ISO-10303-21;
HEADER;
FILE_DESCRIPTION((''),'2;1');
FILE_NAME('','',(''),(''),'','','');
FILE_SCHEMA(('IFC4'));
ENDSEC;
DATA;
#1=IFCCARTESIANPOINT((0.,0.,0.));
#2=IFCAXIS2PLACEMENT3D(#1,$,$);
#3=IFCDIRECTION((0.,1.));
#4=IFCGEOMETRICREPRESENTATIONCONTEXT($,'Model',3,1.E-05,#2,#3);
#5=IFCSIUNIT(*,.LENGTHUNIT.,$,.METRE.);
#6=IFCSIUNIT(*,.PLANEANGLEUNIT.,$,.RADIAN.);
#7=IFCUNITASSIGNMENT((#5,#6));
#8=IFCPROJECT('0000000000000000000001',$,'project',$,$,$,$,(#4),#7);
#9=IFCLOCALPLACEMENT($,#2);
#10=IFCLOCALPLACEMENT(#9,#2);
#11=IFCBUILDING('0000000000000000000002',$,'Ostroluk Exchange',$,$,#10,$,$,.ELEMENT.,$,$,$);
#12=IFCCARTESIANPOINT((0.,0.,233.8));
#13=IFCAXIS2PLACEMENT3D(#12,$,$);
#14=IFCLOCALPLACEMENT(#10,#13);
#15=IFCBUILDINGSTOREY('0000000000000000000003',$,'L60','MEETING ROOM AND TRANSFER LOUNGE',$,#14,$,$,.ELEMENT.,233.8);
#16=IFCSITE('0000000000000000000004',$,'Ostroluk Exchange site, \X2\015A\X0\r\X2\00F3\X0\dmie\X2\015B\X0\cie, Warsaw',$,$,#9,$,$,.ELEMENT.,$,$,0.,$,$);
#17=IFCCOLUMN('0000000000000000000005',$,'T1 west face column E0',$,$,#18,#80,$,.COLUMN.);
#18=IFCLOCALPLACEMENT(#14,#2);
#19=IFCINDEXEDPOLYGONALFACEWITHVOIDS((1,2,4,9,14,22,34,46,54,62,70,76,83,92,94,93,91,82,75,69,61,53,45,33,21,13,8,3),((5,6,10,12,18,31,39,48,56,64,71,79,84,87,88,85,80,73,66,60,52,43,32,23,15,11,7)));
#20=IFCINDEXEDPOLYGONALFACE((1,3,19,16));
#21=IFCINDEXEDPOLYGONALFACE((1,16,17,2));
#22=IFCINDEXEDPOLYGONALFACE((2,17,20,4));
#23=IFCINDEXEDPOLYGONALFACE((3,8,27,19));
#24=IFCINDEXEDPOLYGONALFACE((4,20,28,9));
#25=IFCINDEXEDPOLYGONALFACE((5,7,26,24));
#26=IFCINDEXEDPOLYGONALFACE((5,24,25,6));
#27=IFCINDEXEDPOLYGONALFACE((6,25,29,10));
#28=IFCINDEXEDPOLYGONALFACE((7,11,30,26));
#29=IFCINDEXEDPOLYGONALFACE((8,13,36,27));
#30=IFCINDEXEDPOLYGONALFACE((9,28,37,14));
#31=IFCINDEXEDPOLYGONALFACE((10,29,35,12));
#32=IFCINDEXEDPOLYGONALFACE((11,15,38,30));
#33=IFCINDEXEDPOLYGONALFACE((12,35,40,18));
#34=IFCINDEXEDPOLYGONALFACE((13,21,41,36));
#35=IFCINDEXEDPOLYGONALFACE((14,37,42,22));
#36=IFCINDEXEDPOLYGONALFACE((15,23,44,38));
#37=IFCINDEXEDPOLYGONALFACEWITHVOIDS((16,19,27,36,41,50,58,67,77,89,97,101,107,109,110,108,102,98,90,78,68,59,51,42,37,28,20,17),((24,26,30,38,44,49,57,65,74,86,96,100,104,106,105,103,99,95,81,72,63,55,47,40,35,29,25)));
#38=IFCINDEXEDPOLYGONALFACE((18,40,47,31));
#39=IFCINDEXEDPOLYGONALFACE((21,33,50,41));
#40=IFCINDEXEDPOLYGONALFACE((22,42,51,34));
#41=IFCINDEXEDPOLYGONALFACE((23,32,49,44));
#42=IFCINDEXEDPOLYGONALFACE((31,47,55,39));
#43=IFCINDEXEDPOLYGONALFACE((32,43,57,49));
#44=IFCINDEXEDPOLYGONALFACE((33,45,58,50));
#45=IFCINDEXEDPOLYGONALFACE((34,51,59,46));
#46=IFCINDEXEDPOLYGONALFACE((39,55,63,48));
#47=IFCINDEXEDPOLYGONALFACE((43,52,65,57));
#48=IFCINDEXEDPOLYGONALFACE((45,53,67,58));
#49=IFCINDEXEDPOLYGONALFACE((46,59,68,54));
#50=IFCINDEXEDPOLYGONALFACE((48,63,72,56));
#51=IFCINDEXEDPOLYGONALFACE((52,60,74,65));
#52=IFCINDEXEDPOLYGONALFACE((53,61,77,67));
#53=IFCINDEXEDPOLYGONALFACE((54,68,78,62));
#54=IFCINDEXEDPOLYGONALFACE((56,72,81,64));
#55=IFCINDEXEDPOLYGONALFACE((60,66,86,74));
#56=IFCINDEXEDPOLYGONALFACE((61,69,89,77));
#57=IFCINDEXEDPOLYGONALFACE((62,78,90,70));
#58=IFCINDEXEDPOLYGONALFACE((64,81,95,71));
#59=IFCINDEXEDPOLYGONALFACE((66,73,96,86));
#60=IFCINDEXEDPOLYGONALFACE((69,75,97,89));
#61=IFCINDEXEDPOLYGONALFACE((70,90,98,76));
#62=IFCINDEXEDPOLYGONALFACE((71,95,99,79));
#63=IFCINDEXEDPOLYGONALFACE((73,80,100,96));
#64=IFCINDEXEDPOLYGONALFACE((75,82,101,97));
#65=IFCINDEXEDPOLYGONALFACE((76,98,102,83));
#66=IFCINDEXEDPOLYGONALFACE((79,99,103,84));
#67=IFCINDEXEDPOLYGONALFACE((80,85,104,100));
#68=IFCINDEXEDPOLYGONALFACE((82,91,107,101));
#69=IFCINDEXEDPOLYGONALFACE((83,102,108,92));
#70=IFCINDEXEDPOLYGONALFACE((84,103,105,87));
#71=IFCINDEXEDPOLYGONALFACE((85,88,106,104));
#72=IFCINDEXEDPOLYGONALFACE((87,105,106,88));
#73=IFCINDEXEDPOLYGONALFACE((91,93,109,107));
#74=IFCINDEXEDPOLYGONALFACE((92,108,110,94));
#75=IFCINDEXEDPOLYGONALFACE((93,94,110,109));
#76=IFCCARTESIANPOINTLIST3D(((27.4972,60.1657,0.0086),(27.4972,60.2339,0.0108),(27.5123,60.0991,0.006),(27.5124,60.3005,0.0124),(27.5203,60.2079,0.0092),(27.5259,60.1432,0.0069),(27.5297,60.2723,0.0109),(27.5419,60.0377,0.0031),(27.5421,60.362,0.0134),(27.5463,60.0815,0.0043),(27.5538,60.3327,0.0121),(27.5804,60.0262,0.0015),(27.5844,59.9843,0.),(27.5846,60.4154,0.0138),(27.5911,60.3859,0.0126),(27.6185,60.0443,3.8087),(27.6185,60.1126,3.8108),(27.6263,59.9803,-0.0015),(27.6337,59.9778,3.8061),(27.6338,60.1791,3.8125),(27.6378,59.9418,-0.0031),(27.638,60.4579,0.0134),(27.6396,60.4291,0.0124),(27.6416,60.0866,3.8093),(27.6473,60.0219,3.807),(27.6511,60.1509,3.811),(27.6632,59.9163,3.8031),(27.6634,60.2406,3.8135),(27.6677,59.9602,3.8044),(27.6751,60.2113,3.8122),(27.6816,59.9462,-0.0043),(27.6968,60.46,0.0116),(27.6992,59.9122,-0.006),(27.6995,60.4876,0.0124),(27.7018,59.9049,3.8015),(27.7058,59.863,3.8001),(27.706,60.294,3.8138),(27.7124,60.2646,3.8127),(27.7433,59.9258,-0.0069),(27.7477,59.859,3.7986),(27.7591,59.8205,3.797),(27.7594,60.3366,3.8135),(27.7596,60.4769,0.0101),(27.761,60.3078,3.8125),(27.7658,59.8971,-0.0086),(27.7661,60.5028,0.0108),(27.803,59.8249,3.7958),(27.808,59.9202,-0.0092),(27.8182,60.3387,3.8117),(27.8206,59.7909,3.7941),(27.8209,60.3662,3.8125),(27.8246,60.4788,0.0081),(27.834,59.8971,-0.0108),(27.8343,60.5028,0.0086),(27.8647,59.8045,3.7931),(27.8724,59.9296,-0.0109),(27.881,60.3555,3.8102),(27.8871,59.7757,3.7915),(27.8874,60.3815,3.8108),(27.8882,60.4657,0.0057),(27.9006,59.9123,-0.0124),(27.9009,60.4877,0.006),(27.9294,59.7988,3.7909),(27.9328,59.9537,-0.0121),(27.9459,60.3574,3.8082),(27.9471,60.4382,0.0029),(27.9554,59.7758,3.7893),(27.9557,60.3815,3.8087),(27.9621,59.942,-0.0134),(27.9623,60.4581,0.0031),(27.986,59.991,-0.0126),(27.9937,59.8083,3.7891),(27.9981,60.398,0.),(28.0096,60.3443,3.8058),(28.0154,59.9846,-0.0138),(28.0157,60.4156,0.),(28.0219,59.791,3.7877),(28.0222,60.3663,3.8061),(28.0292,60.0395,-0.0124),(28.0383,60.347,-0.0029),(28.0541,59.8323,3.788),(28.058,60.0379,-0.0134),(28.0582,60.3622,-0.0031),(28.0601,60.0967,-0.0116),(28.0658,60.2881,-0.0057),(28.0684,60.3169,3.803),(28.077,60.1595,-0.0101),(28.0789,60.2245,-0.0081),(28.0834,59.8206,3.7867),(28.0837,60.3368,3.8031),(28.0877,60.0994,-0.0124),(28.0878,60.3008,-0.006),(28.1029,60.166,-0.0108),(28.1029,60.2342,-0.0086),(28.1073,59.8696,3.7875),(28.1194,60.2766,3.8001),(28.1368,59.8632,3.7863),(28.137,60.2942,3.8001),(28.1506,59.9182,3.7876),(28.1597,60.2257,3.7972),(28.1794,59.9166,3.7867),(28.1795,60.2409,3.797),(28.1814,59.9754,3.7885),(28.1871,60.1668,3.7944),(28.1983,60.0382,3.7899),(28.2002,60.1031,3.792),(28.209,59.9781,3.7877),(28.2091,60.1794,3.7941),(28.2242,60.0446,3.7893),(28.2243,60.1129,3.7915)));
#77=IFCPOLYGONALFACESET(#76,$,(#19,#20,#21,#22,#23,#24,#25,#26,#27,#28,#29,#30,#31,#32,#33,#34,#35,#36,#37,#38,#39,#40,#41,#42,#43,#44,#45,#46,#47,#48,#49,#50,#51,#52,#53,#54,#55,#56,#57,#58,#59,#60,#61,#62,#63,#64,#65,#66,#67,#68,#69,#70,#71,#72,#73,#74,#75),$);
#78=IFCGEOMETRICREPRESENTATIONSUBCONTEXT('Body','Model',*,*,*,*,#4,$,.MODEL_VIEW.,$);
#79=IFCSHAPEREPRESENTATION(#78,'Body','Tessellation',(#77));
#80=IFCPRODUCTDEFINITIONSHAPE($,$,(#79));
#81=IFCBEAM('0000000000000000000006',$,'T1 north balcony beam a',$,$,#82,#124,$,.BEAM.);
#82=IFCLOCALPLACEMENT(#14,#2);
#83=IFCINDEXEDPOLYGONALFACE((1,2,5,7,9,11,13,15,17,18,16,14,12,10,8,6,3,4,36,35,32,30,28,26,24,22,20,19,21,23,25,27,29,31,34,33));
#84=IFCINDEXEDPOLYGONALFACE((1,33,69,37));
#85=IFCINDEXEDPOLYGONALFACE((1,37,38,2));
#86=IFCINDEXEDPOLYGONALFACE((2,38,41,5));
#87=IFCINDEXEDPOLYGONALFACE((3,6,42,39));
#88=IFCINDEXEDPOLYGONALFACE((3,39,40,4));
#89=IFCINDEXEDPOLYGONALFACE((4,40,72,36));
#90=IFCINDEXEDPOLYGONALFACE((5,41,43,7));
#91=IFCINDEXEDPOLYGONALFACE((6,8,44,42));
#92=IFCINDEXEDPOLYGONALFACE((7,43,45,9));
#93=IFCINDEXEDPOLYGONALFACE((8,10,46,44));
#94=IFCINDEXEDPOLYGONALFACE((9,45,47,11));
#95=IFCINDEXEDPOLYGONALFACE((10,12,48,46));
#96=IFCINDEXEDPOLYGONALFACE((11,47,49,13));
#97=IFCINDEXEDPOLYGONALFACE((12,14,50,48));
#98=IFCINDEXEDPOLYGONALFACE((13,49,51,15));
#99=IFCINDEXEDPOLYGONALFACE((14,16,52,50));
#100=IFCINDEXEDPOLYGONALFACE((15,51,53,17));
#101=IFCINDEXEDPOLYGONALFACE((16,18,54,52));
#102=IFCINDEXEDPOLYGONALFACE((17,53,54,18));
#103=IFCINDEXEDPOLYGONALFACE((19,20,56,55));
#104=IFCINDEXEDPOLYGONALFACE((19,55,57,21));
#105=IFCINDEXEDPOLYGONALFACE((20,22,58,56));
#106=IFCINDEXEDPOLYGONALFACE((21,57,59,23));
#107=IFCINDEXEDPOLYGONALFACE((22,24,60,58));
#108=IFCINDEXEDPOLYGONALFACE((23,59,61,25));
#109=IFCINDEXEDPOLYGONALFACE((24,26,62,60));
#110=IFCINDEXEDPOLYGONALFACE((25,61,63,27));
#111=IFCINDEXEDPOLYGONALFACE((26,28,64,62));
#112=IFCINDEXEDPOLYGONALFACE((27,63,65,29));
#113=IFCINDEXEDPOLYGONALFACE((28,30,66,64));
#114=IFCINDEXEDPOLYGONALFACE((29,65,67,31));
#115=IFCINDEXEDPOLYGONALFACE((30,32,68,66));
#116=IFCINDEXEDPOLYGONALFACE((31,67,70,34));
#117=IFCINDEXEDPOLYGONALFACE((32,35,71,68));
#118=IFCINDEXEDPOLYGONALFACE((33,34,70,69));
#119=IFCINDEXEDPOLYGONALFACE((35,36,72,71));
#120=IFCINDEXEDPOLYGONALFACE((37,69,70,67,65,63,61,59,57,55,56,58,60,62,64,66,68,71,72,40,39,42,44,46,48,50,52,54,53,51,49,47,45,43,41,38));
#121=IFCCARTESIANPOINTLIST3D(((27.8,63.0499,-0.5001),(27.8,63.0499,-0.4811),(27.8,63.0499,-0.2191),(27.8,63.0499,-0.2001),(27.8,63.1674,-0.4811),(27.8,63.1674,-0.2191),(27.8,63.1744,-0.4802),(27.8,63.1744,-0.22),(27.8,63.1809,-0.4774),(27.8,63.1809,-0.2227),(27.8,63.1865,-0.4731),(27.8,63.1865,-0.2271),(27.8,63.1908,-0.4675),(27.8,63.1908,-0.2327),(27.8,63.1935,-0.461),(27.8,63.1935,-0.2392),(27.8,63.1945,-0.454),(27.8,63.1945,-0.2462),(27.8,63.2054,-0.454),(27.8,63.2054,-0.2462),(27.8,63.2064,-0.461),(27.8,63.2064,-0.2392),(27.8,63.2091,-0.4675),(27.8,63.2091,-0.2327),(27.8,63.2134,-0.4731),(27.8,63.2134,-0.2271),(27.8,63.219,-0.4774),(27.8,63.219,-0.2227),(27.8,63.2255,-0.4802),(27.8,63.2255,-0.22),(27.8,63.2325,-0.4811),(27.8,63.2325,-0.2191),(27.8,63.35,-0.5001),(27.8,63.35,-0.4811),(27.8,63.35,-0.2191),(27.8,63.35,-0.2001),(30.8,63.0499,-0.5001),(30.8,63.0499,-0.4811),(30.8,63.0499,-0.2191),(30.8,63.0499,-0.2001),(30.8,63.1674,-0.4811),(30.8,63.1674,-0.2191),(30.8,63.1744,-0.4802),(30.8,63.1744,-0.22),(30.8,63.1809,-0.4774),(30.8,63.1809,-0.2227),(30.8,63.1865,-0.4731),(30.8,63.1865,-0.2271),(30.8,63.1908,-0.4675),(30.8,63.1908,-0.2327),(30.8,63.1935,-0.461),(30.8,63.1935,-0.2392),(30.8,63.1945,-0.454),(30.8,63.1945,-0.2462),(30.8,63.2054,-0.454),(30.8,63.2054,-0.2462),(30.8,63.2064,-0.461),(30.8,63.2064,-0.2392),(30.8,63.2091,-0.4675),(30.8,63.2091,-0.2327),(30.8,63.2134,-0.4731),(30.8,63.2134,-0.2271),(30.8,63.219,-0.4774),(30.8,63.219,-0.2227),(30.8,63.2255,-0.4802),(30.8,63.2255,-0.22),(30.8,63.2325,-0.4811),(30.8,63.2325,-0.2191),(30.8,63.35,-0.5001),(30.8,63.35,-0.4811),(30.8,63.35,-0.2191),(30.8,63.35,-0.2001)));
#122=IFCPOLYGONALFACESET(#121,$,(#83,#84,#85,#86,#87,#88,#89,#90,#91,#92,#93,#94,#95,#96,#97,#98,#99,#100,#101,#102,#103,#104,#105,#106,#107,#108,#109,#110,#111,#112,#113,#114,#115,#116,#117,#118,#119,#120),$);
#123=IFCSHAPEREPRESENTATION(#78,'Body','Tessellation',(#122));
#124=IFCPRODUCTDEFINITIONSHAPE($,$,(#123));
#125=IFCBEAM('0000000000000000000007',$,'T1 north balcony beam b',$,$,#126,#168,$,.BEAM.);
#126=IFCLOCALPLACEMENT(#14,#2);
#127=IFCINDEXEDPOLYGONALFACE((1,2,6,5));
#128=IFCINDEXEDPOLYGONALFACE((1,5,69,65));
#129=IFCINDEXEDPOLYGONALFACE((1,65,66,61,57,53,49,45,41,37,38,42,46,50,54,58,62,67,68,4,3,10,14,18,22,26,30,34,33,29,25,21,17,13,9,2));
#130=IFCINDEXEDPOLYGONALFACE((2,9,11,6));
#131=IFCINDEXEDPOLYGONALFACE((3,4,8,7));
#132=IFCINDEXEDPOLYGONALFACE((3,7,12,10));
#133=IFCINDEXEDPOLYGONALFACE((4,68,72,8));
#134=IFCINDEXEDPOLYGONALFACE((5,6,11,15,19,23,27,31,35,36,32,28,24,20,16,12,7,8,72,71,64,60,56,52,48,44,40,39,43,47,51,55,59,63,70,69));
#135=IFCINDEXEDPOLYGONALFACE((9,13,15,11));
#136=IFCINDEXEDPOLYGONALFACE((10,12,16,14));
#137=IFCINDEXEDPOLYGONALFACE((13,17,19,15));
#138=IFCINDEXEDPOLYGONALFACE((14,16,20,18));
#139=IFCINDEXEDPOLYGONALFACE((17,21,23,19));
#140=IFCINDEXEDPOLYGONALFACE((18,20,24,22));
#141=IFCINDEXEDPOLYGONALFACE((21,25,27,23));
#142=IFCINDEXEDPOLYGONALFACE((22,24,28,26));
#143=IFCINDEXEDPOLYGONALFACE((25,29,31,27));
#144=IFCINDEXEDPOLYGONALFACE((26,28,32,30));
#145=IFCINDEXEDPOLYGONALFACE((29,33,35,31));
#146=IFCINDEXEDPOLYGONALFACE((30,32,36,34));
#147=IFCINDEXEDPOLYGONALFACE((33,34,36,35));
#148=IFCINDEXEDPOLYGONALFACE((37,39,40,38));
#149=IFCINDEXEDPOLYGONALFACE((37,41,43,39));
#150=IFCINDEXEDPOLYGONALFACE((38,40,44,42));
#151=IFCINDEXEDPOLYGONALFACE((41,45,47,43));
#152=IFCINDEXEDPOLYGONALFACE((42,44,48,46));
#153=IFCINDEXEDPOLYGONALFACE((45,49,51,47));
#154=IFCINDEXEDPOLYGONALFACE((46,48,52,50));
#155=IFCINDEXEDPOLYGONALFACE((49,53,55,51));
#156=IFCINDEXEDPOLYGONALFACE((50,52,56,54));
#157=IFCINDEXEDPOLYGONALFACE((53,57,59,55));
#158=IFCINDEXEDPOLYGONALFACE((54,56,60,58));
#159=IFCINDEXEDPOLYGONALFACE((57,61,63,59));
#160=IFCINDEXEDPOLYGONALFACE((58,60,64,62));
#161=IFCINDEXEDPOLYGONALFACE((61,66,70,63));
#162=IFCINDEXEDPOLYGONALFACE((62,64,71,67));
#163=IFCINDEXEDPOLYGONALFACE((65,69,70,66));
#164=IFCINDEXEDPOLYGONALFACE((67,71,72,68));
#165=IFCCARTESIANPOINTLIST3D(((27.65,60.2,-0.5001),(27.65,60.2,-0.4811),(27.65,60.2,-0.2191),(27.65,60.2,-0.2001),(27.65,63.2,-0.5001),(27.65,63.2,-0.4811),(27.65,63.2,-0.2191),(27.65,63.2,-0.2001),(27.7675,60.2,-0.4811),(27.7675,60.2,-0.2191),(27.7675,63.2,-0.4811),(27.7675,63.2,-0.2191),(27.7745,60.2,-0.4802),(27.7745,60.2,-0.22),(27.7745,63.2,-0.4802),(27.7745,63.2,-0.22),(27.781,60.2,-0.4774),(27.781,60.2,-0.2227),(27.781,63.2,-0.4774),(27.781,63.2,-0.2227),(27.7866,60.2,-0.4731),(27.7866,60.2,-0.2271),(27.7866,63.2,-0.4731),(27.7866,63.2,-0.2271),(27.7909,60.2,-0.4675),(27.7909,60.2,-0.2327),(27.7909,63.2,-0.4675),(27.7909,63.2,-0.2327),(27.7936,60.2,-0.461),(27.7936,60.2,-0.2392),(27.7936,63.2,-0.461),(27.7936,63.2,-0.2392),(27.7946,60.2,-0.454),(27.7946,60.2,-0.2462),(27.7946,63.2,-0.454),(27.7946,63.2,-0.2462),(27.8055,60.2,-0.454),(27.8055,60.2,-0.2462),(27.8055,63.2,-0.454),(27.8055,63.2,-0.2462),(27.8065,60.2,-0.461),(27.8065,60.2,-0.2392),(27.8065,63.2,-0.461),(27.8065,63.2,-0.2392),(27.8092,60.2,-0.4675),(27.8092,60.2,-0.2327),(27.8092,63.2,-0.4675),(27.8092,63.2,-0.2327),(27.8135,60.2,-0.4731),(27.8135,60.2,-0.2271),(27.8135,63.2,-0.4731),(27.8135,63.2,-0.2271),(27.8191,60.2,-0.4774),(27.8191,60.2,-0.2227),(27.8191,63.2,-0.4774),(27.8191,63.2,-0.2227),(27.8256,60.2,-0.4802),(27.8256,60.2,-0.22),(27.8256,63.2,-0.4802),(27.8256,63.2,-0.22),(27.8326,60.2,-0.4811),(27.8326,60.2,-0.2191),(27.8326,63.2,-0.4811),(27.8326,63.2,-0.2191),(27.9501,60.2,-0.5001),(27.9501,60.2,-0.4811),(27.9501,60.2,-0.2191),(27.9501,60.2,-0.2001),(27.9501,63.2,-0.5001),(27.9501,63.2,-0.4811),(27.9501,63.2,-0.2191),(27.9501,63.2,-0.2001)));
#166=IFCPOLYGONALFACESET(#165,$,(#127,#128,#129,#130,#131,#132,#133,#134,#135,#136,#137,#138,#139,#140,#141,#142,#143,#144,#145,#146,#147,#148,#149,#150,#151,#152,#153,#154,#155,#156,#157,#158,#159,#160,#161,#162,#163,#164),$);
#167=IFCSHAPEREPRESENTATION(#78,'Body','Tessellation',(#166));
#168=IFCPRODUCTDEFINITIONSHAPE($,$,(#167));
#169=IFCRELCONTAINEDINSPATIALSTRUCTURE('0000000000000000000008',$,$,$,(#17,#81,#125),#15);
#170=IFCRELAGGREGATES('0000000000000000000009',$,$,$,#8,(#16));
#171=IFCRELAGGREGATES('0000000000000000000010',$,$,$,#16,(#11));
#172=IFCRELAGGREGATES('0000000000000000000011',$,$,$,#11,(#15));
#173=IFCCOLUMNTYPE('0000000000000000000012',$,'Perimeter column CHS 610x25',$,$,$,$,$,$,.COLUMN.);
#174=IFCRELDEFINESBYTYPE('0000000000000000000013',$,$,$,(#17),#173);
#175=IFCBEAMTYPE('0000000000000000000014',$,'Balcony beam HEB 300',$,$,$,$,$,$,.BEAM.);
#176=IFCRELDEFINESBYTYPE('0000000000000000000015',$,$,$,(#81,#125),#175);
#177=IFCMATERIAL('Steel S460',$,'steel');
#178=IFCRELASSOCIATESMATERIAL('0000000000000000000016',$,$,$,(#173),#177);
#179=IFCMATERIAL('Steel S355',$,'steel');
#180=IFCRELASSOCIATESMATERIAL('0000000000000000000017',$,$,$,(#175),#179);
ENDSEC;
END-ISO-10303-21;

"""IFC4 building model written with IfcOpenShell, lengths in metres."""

from ifc_helpers import new_model, si_unit, direction, frame, origin, origin_2d, place, context, subcontext, project, spatial, hollow_circle, i_section, extrude, material, material_profile, profile_set, type_object, element, save


model = new_model("IFC4")

# Units and contexts
model_context = context("Model", 3, precision=1e-05, world=origin(), true_north=direction((0.0, 1.0)))
body_context = subcontext(model_context, "Body", "Model", "MODEL_VIEW")
ifc_project = project(units=[si_unit("LENGTHUNIT", "METRE"), si_unit("PLANEANGLEUNIT", "RADIAN")], contexts=[model_context])

# Site, building, storey
site_placement = place(None, origin())
site = spatial("IfcSite", under=ifc_project, at=site_placement, Name="Ostroluk Exchange site, Śródmieście, Warsaw", CompositionType="ELEMENT", RefElevation=0.0)
building_placement = place(site_placement, origin())
building = spatial("IfcBuilding", under=site, at=building_placement, Name="Ostroluk Exchange", CompositionType="ELEMENT")
storey_placement = place(building_placement, frame((0.0, 0.0, 233.8)))
storey = spatial("IfcBuildingStorey", under=building, at=storey_placement, Name="L60", Description="MEETING ROOM AND TRANSFER LOUNGE", CompositionType="ELEMENT", Elevation=233.8)

# Column
ifc_material_1 = material(Name="Steel S460", Category="steel")
ifc_material_profile_1 = material_profile(ifc_material_1, hollow_circle(Radius=0.3049, WallThickness=0.0249, at=origin_2d()), Name="CHS 610x25")
ifc_profile_set_1 = profile_set([ifc_material_profile_1], Name="Steel S460")
column_type_1 = type_object("IfcColumnType", Name="Perimeter column CHS 610x25", PredefinedType="COLUMN", material=ifc_profile_set_1)
column_1_placement = place(storey_placement, frame((27.8, 60.2, 0.0), z_axis=(0.031898, -0.031898, 0.998982), x_axis=(0.707107, 0.707107, 0.0)))
element("IfcColumn", 1, at=column_1_placement, inside=storey, type_object=column_type_1, Name="T1 west face column E0", PredefinedType="COLUMN", context=body_context, shape_type="SweptSolid", body=[
    extrude(hollow_circle(Radius=0.3049, WallThickness=0.0249, at=origin_2d()), origin(), (0.0, 0.0, 1.0), 3.804),
])

# Beams
ifc_material_2 = material(Name="Steel S355", Category="steel")
ifc_material_profile_2 = material_profile(ifc_material_2, i_section(OverallWidth=0.3, OverallDepth=0.3, WebThickness=0.011, FlangeThickness=0.019, FilletRadius=0.0271, at=origin_2d()), Name="HEB 300")
ifc_profile_set_2 = profile_set([ifc_material_profile_2], Name="Steel S355")
beam_type_1 = type_object("IfcBeamType", Name="Balcony beam HEB 300", PredefinedType="BEAM", material=ifc_profile_set_2)
for number, where, z_axis, x_axis, name in (
    (2, (30.8, 63.2, -0.3501), (-1.0, 0.0, 0.0), (0.0, -1.0, 0.0), "T1 north balcony beam a"),
    (3, (27.8, 60.2, -0.3501), (0.0, 1.0, 0.0), (-1.0, 0.0, 0.0), "T1 north balcony beam b"),
):
    element("IfcBeam", number, at=place(storey_placement, frame(where, z_axis=z_axis, x_axis=x_axis)), inside=storey, type_object=beam_type_1, Name=name, PredefinedType="BEAM", context=body_context, shape_type="SweptSolid", body=[
        extrude(i_section(OverallWidth=0.3, OverallDepth=0.3, WebThickness=0.011, FlangeThickness=0.019, FilletRadius=0.0271, at=origin_2d()), origin(), (0.0, 0.0, 1.0), 3.0),
    ])

save(model, "model.ifc")
